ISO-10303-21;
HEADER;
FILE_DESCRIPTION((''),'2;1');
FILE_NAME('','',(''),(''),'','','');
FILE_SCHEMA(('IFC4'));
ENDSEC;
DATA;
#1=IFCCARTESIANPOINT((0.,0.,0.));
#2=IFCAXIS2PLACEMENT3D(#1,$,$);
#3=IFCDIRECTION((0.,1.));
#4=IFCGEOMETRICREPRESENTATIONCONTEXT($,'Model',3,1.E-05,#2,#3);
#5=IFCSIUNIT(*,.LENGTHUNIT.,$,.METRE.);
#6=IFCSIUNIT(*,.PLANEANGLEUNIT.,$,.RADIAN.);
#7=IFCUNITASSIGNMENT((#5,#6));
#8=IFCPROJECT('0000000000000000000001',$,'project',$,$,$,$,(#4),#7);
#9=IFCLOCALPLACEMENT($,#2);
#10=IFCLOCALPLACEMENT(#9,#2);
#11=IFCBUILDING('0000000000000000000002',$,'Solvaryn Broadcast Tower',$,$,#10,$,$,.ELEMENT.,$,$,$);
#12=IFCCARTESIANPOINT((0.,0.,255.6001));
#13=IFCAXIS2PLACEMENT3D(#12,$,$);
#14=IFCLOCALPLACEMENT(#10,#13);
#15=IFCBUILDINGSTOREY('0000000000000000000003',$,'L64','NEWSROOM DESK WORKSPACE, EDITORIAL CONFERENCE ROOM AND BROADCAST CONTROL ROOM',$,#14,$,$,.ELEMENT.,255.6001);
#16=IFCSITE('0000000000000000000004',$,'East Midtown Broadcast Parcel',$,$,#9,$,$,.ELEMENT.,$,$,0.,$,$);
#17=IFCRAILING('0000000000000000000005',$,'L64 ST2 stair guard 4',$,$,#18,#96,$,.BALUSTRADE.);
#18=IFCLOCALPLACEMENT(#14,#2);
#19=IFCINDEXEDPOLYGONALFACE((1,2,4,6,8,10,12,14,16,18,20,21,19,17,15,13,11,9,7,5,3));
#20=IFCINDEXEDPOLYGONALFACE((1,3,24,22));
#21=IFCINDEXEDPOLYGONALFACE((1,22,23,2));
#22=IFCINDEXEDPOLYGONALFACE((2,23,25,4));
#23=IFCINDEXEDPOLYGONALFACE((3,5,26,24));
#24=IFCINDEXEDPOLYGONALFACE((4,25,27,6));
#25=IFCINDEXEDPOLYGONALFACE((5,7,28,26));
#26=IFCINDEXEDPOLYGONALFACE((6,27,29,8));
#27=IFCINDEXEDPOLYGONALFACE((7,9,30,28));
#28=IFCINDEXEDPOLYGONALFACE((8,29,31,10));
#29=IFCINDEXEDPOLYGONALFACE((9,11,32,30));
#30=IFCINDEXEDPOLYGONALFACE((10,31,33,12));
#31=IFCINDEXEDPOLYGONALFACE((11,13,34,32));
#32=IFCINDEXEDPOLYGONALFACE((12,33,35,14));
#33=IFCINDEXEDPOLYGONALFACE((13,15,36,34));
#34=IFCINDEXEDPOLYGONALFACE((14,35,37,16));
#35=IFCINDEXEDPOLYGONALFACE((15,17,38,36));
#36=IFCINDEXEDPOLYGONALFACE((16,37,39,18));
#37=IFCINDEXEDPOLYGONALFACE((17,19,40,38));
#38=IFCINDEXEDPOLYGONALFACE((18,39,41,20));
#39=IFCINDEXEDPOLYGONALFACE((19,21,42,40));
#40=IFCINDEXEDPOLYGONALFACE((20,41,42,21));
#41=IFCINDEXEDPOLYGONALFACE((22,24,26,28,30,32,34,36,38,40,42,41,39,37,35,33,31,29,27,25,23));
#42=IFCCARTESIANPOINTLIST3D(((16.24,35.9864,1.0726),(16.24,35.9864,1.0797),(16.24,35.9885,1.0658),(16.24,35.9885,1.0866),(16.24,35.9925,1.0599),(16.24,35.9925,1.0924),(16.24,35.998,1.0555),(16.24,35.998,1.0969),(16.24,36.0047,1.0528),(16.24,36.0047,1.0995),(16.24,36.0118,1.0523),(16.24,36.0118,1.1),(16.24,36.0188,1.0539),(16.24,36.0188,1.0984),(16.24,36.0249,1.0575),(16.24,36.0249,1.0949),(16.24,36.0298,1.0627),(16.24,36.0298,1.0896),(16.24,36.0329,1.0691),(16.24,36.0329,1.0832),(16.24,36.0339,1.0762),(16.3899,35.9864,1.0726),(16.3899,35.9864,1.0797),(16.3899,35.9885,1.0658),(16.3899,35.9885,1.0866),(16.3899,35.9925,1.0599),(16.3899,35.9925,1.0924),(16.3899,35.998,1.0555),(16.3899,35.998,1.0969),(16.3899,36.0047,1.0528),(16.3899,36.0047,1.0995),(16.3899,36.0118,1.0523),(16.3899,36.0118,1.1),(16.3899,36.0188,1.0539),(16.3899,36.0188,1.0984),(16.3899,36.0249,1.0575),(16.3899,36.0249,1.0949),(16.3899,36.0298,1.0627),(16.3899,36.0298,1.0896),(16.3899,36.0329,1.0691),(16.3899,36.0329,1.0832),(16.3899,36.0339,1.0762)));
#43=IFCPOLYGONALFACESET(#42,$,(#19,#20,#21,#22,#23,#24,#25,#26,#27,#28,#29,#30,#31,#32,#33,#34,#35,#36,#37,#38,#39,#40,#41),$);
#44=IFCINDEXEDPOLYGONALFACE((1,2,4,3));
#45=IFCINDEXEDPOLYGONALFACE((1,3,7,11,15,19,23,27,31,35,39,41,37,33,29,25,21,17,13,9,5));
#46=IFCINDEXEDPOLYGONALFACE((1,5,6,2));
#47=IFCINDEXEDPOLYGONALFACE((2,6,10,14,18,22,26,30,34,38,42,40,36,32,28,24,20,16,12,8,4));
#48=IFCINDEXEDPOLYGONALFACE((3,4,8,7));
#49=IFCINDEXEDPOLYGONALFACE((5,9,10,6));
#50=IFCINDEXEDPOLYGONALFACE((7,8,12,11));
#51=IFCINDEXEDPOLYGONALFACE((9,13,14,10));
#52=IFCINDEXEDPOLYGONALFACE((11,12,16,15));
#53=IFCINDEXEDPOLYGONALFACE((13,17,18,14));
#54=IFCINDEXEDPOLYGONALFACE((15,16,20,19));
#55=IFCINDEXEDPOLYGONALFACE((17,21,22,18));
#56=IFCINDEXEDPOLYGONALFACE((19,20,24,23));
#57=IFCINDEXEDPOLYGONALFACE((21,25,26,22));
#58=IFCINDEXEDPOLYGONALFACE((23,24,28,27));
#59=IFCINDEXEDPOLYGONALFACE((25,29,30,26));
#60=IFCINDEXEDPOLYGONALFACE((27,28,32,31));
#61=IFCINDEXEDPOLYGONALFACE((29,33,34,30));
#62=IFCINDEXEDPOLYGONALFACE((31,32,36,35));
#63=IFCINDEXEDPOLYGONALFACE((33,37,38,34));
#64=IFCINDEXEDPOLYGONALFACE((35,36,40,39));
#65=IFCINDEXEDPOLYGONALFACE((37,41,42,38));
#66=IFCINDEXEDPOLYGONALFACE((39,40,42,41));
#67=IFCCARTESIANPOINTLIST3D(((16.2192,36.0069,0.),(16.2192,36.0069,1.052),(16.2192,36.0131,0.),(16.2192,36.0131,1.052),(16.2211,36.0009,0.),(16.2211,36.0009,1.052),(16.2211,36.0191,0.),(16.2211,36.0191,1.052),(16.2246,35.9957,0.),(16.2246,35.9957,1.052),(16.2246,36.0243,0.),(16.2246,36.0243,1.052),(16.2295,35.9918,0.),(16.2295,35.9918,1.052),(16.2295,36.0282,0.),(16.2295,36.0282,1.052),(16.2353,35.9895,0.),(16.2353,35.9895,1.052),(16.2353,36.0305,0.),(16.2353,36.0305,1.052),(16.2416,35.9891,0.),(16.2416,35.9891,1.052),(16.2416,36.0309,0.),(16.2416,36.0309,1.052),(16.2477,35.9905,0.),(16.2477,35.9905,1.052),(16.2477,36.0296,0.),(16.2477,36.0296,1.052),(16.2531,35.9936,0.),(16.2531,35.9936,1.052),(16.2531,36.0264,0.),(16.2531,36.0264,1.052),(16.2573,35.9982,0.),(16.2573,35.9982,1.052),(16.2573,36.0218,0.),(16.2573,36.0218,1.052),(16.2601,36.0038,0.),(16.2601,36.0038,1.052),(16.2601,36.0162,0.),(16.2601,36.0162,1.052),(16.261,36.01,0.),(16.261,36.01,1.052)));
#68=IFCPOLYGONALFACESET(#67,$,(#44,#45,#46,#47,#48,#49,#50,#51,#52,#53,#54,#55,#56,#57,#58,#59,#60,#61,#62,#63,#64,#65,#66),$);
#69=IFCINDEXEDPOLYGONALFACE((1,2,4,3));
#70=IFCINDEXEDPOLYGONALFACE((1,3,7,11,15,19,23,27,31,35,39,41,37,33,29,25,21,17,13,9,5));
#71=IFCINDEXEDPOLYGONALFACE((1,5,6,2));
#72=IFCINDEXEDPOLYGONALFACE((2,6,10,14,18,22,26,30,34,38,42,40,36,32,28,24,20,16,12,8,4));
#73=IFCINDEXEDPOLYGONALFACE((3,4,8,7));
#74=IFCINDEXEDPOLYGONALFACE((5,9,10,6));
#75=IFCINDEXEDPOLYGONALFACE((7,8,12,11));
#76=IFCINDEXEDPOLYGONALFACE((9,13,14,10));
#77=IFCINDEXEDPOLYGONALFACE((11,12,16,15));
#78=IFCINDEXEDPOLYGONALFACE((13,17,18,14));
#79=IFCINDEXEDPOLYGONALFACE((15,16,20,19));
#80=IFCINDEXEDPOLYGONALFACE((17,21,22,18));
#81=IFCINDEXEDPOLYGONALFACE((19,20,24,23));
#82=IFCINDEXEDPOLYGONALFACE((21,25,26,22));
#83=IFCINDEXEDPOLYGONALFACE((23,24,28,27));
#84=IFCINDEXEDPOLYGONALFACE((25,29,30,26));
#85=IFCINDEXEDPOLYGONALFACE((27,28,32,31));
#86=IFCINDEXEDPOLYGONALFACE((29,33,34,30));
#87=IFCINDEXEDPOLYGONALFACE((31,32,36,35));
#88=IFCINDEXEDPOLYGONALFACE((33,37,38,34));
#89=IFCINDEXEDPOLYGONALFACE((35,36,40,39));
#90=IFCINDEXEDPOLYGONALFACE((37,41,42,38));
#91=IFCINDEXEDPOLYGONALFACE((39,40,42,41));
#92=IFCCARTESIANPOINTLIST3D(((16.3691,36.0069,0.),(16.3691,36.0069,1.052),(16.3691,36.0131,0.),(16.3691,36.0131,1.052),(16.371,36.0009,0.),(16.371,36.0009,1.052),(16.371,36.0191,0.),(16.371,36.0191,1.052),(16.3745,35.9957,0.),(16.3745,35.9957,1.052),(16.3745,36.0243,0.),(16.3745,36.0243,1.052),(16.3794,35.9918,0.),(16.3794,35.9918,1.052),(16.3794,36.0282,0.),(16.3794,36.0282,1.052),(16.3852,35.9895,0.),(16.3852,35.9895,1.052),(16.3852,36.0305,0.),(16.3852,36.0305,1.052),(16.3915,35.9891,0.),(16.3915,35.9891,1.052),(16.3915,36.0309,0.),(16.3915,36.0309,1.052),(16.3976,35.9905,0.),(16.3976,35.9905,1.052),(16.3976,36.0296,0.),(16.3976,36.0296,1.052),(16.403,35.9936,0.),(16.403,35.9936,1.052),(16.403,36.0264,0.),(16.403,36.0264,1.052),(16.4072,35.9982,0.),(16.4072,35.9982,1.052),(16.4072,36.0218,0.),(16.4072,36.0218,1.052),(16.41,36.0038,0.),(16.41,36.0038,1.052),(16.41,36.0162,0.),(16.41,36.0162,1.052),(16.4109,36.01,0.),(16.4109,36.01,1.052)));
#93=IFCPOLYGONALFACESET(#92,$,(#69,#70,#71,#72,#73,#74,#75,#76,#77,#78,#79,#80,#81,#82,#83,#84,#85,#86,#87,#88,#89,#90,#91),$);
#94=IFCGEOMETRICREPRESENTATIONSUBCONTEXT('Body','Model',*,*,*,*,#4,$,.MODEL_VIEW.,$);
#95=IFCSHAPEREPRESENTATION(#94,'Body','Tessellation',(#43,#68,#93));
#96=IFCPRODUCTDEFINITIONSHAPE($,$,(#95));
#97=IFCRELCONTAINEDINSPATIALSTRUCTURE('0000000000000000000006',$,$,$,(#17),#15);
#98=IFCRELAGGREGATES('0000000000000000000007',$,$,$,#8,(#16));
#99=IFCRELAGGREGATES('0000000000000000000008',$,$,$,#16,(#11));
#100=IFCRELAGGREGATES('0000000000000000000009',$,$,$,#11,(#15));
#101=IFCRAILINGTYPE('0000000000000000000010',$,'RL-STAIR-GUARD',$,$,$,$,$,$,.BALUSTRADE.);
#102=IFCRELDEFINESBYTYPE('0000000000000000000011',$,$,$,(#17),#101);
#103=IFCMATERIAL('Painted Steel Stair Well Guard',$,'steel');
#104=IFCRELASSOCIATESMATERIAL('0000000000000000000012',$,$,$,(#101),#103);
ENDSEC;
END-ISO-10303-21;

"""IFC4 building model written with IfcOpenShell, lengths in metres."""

from ifc_helpers import new_model, si_unit, direction, frame, origin, origin_2d, place, context, subcontext, project, spatial, circle, extrude, material, type_object, element, save


model = new_model("IFC4")

# Units and contexts
model_context = context("Model", 3, precision=1e-05, world=origin(), true_north=direction((0.0, 1.0)))
body_context = subcontext(model_context, "Body", "Model", "MODEL_VIEW")
ifc_project = project(units=[si_unit("LENGTHUNIT", "METRE"), si_unit("PLANEANGLEUNIT", "RADIAN")], contexts=[model_context])

# Site, building, storey
site_placement = place(None, origin())
site = spatial("IfcSite", under=ifc_project, at=site_placement, Name="East Midtown Broadcast Parcel", CompositionType="ELEMENT", RefElevation=0.0)
building_placement = place(site_placement, origin())
building = spatial("IfcBuilding", under=site, at=building_placement, Name="Solvaryn Broadcast Tower", CompositionType="ELEMENT")
storey_placement = place(building_placement, frame((0.0, 0.0, 255.6001)))
storey = spatial("IfcBuildingStorey", under=building, at=storey_placement, Name="L64", Description="NEWSROOM DESK WORKSPACE, EDITORIAL CONFERENCE ROOM AND BROADCAST CONTROL ROOM", CompositionType="ELEMENT", Elevation=255.6001)

# Railing
ifc_material_1 = material(Name="Painted Steel Stair Well Guard", Category="steel")
railing_type_1 = type_object("IfcRailingType", Name="RL-STAIR-GUARD", PredefinedType="BALUSTRADE", material=ifc_material_1)
railing_1_placement = place(storey_placement, frame((16.24, 36.01, 0.0)))
element("IfcRailing", 1, at=railing_1_placement, inside=storey, type_object=railing_type_1, Name="L64 ST2 stair guard 4", PredefinedType="BALUSTRADE", context=body_context, shape_type="SweptSolid", body=[
    extrude(circle(Radius=0.0239, at=origin_2d()), frame((0.0, 0.0, 1.0762), z_axis=(1.0, 0.0, 0.0), x_axis=(0.0, 1.0, 0.0)), (0.0, 0.0, 1.0), 0.1499),
    extrude(circle(Radius=0.021, at=origin_2d()), origin(), (0.0, 0.0, 1.0), 1.052),
    extrude(circle(Radius=0.021, at=origin_2d()), frame((0.1499, 0.0, 0.0)), (0.0, 0.0, 1.0), 1.052),
])

save(model, "model.ifc")
